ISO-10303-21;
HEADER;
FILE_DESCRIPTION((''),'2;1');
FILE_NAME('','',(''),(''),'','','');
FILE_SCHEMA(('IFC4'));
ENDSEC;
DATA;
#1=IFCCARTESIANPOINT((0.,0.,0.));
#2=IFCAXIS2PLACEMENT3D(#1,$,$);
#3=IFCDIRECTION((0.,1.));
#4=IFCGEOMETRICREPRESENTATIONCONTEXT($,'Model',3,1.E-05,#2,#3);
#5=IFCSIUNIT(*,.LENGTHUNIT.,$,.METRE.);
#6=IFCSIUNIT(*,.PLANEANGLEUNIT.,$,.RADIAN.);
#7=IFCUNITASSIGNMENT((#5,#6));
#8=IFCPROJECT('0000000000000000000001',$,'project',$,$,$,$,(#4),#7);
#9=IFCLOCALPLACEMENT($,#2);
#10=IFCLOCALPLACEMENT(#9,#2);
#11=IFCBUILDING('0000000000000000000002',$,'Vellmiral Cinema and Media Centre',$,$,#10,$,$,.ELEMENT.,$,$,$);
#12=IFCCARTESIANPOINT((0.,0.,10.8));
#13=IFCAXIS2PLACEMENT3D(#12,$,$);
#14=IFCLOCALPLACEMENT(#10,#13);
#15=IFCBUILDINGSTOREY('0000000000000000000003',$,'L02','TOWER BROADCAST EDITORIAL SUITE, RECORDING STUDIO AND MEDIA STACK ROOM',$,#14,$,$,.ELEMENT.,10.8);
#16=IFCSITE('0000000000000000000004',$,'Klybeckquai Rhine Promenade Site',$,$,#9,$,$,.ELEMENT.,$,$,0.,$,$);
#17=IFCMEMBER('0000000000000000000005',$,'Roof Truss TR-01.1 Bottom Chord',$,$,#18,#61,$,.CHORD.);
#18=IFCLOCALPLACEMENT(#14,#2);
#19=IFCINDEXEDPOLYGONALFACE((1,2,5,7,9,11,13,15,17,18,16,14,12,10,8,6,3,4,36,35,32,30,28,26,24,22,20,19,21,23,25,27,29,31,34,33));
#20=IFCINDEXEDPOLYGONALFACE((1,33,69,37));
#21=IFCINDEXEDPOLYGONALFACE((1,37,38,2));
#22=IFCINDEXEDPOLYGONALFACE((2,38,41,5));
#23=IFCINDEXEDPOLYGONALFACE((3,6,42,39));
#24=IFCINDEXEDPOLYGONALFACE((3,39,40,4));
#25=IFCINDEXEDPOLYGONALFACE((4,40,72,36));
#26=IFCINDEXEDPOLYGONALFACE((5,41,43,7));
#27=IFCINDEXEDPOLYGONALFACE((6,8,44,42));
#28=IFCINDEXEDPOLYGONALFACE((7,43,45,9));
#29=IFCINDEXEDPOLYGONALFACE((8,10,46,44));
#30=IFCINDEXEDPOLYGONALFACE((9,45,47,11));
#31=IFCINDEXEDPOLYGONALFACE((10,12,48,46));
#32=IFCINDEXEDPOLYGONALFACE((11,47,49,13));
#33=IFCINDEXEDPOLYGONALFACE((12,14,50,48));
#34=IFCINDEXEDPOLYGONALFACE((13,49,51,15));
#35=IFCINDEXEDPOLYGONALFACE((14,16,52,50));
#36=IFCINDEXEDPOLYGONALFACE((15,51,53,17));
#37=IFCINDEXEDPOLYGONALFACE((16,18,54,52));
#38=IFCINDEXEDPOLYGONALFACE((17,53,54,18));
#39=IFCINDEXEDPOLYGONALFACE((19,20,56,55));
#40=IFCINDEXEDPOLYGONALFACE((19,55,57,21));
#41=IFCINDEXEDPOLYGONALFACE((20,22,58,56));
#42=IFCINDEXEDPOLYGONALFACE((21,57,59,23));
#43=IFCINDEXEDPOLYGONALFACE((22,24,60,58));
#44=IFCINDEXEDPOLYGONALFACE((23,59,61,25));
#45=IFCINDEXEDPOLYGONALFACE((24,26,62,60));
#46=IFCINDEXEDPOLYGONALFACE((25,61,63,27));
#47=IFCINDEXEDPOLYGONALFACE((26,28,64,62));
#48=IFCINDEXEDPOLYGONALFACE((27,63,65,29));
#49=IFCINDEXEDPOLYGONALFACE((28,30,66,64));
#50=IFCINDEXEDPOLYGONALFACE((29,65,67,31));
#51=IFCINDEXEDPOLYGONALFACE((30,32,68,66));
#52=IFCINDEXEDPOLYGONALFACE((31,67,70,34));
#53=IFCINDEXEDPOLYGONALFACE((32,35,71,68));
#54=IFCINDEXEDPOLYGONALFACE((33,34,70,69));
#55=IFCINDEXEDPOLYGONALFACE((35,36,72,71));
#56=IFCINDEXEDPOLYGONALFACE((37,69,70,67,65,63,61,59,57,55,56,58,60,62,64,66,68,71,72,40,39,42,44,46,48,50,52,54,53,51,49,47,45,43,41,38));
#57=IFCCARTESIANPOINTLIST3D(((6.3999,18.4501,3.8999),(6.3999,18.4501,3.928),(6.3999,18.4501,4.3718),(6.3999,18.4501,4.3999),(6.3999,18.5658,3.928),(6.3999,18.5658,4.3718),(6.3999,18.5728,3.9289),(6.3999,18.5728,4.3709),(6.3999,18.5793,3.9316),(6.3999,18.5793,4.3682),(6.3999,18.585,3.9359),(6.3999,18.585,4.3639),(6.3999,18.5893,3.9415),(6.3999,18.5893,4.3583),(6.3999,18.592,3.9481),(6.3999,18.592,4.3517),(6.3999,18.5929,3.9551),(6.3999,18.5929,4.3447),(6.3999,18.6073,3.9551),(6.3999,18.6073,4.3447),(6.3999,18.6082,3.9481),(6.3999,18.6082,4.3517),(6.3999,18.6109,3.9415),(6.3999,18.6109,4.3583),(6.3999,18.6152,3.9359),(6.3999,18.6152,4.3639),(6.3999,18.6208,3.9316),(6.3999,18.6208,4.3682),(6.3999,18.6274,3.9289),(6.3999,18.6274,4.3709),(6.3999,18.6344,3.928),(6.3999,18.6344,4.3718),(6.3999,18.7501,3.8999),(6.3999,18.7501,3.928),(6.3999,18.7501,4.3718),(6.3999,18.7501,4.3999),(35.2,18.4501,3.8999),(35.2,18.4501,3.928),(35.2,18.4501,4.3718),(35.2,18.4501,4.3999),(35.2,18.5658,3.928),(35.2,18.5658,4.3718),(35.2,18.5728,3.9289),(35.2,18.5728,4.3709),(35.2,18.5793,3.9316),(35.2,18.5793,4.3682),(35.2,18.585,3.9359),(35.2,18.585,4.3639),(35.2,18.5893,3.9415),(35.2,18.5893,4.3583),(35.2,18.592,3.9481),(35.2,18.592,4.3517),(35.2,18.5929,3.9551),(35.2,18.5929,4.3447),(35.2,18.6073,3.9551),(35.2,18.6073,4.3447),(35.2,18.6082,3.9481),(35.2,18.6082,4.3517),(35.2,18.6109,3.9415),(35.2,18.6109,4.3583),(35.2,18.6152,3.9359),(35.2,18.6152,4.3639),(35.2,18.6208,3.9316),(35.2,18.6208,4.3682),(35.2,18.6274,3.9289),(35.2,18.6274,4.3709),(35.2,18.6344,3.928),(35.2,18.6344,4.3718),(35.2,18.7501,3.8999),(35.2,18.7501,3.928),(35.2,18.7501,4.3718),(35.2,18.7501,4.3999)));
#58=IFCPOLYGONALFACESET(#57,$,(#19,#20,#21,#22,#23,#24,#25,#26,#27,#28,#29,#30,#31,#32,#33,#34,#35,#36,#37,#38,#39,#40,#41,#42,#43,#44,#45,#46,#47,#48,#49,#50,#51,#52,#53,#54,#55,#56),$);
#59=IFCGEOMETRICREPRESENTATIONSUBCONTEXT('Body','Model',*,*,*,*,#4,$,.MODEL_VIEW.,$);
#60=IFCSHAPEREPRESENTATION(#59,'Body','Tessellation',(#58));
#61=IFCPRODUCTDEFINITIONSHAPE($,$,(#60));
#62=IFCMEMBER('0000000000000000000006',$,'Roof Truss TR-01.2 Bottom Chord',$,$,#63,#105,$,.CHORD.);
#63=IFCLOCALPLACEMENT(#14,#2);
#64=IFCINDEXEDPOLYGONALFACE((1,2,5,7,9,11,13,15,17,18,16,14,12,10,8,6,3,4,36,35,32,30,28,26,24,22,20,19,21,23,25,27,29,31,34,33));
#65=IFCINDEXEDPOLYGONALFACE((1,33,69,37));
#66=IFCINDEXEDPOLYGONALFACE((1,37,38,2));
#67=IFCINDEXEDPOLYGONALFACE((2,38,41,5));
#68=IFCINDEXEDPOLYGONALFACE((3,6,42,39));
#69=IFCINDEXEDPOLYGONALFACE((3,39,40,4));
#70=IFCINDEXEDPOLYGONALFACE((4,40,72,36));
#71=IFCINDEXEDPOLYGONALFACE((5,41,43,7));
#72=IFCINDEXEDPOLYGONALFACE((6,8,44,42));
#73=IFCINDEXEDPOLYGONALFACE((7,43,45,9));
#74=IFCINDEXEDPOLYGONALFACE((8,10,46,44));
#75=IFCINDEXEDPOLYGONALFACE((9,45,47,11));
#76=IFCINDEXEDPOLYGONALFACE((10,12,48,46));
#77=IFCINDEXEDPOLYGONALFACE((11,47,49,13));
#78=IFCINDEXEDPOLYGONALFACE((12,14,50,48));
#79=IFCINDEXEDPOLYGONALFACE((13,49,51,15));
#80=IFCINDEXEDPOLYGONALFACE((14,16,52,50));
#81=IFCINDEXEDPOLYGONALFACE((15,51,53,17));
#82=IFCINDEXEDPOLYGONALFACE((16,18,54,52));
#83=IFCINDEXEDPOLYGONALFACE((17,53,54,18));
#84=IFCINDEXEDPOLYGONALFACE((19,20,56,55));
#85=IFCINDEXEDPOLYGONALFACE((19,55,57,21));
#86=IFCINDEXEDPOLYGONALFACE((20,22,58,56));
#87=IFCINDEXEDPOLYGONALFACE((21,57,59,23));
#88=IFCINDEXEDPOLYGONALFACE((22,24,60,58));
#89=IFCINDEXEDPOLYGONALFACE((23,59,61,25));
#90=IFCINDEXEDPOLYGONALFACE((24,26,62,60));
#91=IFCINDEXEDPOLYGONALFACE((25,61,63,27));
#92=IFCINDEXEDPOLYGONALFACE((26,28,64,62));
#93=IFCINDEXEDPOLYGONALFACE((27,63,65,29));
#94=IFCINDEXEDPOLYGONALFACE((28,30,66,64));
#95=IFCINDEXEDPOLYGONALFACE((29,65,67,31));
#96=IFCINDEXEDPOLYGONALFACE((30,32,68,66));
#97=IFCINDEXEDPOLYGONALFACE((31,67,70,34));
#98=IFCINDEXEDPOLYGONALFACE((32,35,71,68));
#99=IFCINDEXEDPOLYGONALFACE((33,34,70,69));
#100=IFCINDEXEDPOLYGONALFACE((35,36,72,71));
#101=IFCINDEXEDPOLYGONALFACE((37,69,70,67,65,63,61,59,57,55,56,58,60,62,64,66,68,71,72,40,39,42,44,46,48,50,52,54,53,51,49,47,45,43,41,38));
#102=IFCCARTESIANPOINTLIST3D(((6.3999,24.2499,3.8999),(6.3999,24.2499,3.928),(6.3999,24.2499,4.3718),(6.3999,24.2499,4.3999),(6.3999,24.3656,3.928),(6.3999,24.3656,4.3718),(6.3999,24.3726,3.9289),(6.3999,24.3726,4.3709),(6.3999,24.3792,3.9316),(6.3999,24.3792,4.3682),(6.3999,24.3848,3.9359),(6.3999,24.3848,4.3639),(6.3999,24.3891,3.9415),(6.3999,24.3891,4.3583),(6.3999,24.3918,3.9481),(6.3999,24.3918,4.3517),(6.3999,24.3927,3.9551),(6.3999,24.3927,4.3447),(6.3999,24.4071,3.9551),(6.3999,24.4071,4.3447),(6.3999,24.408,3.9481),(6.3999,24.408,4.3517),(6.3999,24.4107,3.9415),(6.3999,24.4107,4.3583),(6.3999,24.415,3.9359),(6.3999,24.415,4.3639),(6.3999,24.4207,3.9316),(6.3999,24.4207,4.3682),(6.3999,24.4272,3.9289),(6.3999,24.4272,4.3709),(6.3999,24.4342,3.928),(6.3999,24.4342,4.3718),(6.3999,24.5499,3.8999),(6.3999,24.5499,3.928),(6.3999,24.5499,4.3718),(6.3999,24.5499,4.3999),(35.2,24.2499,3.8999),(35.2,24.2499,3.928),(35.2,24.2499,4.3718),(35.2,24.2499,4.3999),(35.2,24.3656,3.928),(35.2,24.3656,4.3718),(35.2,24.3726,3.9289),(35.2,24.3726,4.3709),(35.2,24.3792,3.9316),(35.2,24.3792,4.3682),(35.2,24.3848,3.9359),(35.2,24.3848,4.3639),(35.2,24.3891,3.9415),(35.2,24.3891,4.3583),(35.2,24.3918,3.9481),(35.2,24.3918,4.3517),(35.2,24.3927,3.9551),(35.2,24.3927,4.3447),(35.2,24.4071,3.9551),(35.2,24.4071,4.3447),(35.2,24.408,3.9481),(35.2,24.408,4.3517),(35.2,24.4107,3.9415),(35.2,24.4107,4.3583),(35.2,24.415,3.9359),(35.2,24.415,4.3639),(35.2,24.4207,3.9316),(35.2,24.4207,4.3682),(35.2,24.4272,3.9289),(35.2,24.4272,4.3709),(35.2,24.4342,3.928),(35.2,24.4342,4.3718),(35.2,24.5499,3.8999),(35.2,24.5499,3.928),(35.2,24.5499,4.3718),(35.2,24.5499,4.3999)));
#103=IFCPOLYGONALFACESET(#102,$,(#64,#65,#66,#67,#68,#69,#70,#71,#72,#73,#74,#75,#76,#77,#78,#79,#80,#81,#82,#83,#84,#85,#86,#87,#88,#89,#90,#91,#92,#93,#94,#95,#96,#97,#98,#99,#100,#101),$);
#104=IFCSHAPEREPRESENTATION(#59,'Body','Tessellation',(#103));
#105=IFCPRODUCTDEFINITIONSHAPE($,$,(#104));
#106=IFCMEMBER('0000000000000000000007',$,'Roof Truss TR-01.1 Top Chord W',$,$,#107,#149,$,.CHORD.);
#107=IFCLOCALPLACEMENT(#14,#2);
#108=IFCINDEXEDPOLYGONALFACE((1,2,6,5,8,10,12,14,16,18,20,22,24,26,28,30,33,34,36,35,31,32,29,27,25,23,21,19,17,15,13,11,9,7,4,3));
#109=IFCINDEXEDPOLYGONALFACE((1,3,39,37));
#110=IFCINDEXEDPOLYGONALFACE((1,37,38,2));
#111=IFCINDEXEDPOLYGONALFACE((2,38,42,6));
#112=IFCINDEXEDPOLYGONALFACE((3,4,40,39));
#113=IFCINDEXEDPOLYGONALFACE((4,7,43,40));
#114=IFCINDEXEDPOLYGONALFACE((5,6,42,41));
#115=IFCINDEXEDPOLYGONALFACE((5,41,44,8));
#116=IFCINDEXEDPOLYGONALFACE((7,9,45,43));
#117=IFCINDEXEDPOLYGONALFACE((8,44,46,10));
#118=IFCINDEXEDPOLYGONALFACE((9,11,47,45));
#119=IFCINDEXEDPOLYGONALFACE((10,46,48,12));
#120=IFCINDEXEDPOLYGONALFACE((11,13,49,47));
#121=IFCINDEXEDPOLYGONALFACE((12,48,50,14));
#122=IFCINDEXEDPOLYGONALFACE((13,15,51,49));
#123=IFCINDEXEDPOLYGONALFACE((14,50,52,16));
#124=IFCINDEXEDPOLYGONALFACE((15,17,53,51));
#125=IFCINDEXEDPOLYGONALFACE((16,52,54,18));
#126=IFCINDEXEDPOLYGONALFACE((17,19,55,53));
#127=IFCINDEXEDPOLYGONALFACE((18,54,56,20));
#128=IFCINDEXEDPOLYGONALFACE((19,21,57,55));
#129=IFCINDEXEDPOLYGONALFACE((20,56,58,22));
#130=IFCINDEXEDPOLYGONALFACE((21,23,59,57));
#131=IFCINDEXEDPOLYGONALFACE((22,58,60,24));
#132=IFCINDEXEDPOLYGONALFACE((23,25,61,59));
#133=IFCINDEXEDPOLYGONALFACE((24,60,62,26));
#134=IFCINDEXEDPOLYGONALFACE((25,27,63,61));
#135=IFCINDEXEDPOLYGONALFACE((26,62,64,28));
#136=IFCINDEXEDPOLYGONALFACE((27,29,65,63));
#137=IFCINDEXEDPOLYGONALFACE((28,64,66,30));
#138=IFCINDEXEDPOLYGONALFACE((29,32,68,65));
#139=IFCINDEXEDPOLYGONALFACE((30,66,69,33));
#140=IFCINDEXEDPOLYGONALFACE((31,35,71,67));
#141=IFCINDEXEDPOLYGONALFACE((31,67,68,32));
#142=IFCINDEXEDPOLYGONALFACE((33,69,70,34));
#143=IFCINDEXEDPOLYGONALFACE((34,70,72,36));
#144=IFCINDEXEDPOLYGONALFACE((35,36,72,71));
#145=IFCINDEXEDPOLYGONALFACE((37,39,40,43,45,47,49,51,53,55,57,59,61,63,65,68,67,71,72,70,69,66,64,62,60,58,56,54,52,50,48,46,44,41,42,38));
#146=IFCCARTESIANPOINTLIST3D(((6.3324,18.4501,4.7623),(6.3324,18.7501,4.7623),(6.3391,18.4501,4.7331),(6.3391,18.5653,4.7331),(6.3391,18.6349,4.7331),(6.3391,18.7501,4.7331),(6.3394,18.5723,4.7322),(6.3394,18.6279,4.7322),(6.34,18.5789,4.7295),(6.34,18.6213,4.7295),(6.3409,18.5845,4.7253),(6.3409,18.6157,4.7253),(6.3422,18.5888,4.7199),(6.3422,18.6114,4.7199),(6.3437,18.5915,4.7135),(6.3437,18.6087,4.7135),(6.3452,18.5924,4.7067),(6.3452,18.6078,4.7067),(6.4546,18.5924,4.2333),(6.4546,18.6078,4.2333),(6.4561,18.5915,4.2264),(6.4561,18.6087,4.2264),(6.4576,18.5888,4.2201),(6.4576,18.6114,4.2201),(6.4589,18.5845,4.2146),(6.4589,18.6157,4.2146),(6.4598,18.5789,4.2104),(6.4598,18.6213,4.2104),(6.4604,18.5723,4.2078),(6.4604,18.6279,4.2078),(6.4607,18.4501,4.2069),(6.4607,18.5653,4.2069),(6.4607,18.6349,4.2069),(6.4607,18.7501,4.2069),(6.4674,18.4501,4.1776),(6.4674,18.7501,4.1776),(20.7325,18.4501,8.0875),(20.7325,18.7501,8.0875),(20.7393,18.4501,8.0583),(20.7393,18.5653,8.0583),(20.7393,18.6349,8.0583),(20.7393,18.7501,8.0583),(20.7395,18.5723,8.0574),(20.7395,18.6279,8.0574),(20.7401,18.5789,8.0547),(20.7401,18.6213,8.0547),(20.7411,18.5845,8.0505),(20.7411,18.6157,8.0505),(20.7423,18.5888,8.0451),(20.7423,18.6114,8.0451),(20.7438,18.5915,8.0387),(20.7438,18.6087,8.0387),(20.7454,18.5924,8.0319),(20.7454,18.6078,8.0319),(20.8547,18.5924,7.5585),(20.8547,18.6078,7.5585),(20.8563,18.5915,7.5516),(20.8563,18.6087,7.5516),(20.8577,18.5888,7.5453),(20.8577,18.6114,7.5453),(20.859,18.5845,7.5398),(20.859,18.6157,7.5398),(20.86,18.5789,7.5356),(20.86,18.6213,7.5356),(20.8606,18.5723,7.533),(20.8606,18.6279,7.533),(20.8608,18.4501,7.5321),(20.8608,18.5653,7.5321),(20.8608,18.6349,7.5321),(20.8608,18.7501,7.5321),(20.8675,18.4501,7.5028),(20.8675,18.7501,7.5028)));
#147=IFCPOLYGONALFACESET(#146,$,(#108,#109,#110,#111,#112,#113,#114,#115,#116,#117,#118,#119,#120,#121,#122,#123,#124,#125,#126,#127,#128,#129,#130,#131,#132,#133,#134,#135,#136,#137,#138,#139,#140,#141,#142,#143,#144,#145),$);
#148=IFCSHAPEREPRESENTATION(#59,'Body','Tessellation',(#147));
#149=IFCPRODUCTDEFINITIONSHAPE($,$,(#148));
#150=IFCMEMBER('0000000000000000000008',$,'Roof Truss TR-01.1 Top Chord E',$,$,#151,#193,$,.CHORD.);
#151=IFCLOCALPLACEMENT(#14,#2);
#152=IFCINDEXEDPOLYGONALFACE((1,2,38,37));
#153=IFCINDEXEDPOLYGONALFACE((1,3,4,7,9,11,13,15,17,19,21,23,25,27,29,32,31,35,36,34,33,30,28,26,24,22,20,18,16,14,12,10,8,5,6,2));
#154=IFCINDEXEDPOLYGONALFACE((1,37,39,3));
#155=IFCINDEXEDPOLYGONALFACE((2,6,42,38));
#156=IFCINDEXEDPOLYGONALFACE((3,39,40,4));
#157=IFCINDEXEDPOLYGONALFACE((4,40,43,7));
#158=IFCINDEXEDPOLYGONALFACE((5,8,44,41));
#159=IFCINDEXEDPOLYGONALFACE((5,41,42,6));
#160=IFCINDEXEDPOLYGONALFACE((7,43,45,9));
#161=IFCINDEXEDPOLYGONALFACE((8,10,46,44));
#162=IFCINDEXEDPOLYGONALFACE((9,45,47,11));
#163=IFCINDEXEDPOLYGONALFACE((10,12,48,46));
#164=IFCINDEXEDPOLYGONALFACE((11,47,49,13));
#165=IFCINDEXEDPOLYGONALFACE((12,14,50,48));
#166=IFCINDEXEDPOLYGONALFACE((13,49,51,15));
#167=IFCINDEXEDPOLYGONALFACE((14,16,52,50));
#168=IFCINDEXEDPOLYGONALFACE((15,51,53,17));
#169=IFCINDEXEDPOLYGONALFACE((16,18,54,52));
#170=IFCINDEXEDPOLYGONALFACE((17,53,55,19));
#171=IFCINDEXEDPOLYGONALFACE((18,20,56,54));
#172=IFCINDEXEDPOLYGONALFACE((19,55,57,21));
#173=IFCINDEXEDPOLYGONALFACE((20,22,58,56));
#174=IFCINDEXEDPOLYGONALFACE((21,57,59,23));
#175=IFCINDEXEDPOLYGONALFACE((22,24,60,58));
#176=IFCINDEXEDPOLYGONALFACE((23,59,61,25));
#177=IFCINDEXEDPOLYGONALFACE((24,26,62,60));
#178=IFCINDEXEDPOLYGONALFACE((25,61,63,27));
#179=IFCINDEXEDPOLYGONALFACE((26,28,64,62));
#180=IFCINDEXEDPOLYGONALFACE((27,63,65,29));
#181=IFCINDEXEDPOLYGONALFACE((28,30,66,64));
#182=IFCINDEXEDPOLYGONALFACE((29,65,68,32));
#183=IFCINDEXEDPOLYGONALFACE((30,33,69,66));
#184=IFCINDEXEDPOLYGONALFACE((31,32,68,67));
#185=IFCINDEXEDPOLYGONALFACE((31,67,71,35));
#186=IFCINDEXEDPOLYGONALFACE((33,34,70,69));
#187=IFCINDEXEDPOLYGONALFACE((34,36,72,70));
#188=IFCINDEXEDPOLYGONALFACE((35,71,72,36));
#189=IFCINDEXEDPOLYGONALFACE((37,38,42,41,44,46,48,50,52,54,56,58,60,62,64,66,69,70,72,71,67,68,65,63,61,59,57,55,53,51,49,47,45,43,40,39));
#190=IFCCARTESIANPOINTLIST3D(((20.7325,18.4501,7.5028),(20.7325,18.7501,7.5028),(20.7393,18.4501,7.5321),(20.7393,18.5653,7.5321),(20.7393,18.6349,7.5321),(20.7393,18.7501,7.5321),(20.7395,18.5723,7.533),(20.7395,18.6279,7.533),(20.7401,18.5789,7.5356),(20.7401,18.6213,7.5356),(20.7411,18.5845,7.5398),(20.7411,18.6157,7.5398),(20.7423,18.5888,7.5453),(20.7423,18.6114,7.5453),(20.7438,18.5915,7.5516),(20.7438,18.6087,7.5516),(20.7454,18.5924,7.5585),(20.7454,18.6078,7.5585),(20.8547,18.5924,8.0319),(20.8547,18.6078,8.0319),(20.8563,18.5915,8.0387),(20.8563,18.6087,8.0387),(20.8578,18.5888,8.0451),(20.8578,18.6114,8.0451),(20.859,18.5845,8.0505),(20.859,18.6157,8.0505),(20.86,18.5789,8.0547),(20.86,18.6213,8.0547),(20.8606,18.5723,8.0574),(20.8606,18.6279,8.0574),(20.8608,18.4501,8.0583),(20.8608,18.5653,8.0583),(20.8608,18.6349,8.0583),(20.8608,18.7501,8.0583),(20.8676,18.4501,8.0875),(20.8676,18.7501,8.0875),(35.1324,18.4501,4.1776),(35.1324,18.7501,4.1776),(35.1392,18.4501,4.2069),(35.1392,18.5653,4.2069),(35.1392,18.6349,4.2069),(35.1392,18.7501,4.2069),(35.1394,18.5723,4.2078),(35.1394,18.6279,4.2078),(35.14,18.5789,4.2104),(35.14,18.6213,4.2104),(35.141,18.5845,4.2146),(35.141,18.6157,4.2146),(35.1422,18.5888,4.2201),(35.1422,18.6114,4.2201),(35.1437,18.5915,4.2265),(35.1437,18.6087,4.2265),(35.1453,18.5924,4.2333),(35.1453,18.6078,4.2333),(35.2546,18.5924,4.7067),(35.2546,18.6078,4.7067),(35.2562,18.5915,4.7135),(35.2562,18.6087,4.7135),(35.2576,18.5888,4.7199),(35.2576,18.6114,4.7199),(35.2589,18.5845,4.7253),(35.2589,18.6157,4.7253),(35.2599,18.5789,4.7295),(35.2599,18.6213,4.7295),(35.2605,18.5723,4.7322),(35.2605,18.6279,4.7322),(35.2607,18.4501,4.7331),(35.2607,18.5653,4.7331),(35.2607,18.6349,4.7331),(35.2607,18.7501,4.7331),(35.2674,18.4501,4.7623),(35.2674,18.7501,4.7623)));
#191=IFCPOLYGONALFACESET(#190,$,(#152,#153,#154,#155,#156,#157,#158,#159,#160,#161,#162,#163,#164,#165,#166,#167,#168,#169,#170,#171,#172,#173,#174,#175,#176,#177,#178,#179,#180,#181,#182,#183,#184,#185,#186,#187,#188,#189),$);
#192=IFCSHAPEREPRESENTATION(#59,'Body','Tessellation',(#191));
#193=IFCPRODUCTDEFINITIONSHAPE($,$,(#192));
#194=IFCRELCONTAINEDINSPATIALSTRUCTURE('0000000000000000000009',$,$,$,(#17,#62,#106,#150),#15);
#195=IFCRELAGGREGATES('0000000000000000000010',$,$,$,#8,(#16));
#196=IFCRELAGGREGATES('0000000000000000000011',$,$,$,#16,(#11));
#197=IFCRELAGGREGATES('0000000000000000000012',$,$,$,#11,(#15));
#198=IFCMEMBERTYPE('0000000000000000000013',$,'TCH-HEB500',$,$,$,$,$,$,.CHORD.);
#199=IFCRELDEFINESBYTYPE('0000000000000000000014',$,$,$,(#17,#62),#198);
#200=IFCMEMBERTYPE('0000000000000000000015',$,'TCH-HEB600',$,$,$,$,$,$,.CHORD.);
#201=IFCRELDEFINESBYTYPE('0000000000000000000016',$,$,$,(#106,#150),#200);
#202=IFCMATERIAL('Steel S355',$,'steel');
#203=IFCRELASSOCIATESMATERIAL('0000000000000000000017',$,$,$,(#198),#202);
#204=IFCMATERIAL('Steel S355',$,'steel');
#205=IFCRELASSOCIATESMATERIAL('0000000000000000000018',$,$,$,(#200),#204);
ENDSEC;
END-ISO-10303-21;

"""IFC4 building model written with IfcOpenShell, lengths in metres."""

from ifc_helpers import new_model, si_unit, direction, frame, origin, origin_2d, place, context, subcontext, project, spatial, i_section, extrude, material, material_profile, profile_set, type_object, element, save


model = new_model("IFC4")

# Units and contexts
model_context = context("Model", 3, precision=1e-05, world=origin(), true_north=direction((0.0, 1.0)))
body_context = subcontext(model_context, "Body", "Model", "MODEL_VIEW")
ifc_project = project(units=[si_unit("LENGTHUNIT", "METRE"), si_unit("PLANEANGLEUNIT", "RADIAN")], contexts=[model_context])

# Site, building, storey
site_placement = place(None, origin())
site = spatial("IfcSite", under=ifc_project, at=site_placement, Name="Klybeckquai Rhine Promenade Site", CompositionType="ELEMENT", RefElevation=0.0)
building_placement = place(site_placement, origin())
building = spatial("IfcBuilding", under=site, at=building_placement, Name="Vellmiral Cinema and Media Centre", CompositionType="ELEMENT")
storey_placement = place(building_placement, frame((0.0, 0.0, 10.8)))
storey = spatial("IfcBuildingStorey", under=building, at=storey_placement, Name="L02", Description="TOWER BROADCAST EDITORIAL SUITE, RECORDING STUDIO AND MEDIA STACK ROOM", CompositionType="ELEMENT", Elevation=10.8)

# Members
ifc_material_1 = material(Name="Steel S355", Category="steel")
ifc_material_profile_1 = material_profile(ifc_material_1, i_section(OverallWidth=0.3, OverallDepth=0.5, WebThickness=0.0144, FlangeThickness=0.0281, FilletRadius=0.0271, at=origin_2d()), Name="HEB 500")
ifc_profile_set_1 = profile_set([ifc_material_profile_1], Name="Steel S355")
member_type_1 = type_object("IfcMemberType", Name="TCH-HEB500", PredefinedType="CHORD", material=ifc_profile_set_1)
for number, where, z_axis, x_axis, name in (
    (1, (6.3999, 18.6001, 4.1499), (1.0, 0.0, 0.0), (0.0, 1.0, 0.0), "Roof Truss TR-01.1 Bottom Chord"),
    (2, (6.3999, 24.3999, 4.1499), (1.0, 0.0, 0.0), (0.0, 1.0, 0.0), "Roof Truss TR-01.2 Bottom Chord"),
):
    element("IfcMember", number, at=place(storey_placement, frame(where, z_axis=z_axis, x_axis=x_axis)), inside=storey, type_object=member_type_1, Name=name, PredefinedType="CHORD", context=body_context, shape_type="SweptSolid", body=[
        extrude(i_section(OverallWidth=0.3, OverallDepth=0.5, WebThickness=0.0144, FlangeThickness=0.0281, FilletRadius=0.0271, at=origin_2d()), origin(), (0.0, 0.0, 1.0), 28.8),
    ])
ifc_material_2 = material(Name="Steel S355", Category="steel")
ifc_material_profile_2 = material_profile(ifc_material_2, i_section(OverallWidth=0.3, OverallDepth=0.6001, WebThickness=0.0154, FlangeThickness=0.03, FilletRadius=0.0271, at=origin_2d()), Name="HEB 600")
ifc_profile_set_2 = profile_set([ifc_material_profile_2], Name="Steel S355")
member_type_2 = type_object("IfcMemberType", Name="TCH-HEB600", PredefinedType="CHORD", material=ifc_profile_set_2)
member_1_placement = place(storey_placement, frame((6.3999, 18.6001, 4.47), z_axis=(0.97436, 0.0, 0.224993), x_axis=(0.0, 1.0, 0.0)))
element("IfcMember", 3, at=member_1_placement, inside=storey, type_object=member_type_2, Name="Roof Truss TR-01.1 Top Chord W", PredefinedType="CHORD", context=body_context, shape_type="SweptSolid", body=[
    extrude(i_section(OverallWidth=0.3, OverallDepth=0.6001, WebThickness=0.0154, FlangeThickness=0.03, FilletRadius=0.0271, at=origin_2d()), origin(), (0.0, 0.0, 1.0), 14.7791),
])
member_2_placement = place(storey_placement, frame((20.8, 18.6001, 7.7952), z_axis=(0.974359, 0.0, -0.224997), x_axis=(0.0, 1.0, 0.0)))
element("IfcMember", 4, at=member_2_placement, inside=storey, type_object=member_type_2, Name="Roof Truss TR-01.1 Top Chord E", PredefinedType="CHORD", context=body_context, shape_type="SweptSolid", body=[
    extrude(i_section(OverallWidth=0.3, OverallDepth=0.6001, WebThickness=0.0154, FlangeThickness=0.03, FilletRadius=0.0271, at=origin_2d()), origin(), (0.0, 0.0, 1.0), 14.7788),
])

save(model, "model.ifc")
